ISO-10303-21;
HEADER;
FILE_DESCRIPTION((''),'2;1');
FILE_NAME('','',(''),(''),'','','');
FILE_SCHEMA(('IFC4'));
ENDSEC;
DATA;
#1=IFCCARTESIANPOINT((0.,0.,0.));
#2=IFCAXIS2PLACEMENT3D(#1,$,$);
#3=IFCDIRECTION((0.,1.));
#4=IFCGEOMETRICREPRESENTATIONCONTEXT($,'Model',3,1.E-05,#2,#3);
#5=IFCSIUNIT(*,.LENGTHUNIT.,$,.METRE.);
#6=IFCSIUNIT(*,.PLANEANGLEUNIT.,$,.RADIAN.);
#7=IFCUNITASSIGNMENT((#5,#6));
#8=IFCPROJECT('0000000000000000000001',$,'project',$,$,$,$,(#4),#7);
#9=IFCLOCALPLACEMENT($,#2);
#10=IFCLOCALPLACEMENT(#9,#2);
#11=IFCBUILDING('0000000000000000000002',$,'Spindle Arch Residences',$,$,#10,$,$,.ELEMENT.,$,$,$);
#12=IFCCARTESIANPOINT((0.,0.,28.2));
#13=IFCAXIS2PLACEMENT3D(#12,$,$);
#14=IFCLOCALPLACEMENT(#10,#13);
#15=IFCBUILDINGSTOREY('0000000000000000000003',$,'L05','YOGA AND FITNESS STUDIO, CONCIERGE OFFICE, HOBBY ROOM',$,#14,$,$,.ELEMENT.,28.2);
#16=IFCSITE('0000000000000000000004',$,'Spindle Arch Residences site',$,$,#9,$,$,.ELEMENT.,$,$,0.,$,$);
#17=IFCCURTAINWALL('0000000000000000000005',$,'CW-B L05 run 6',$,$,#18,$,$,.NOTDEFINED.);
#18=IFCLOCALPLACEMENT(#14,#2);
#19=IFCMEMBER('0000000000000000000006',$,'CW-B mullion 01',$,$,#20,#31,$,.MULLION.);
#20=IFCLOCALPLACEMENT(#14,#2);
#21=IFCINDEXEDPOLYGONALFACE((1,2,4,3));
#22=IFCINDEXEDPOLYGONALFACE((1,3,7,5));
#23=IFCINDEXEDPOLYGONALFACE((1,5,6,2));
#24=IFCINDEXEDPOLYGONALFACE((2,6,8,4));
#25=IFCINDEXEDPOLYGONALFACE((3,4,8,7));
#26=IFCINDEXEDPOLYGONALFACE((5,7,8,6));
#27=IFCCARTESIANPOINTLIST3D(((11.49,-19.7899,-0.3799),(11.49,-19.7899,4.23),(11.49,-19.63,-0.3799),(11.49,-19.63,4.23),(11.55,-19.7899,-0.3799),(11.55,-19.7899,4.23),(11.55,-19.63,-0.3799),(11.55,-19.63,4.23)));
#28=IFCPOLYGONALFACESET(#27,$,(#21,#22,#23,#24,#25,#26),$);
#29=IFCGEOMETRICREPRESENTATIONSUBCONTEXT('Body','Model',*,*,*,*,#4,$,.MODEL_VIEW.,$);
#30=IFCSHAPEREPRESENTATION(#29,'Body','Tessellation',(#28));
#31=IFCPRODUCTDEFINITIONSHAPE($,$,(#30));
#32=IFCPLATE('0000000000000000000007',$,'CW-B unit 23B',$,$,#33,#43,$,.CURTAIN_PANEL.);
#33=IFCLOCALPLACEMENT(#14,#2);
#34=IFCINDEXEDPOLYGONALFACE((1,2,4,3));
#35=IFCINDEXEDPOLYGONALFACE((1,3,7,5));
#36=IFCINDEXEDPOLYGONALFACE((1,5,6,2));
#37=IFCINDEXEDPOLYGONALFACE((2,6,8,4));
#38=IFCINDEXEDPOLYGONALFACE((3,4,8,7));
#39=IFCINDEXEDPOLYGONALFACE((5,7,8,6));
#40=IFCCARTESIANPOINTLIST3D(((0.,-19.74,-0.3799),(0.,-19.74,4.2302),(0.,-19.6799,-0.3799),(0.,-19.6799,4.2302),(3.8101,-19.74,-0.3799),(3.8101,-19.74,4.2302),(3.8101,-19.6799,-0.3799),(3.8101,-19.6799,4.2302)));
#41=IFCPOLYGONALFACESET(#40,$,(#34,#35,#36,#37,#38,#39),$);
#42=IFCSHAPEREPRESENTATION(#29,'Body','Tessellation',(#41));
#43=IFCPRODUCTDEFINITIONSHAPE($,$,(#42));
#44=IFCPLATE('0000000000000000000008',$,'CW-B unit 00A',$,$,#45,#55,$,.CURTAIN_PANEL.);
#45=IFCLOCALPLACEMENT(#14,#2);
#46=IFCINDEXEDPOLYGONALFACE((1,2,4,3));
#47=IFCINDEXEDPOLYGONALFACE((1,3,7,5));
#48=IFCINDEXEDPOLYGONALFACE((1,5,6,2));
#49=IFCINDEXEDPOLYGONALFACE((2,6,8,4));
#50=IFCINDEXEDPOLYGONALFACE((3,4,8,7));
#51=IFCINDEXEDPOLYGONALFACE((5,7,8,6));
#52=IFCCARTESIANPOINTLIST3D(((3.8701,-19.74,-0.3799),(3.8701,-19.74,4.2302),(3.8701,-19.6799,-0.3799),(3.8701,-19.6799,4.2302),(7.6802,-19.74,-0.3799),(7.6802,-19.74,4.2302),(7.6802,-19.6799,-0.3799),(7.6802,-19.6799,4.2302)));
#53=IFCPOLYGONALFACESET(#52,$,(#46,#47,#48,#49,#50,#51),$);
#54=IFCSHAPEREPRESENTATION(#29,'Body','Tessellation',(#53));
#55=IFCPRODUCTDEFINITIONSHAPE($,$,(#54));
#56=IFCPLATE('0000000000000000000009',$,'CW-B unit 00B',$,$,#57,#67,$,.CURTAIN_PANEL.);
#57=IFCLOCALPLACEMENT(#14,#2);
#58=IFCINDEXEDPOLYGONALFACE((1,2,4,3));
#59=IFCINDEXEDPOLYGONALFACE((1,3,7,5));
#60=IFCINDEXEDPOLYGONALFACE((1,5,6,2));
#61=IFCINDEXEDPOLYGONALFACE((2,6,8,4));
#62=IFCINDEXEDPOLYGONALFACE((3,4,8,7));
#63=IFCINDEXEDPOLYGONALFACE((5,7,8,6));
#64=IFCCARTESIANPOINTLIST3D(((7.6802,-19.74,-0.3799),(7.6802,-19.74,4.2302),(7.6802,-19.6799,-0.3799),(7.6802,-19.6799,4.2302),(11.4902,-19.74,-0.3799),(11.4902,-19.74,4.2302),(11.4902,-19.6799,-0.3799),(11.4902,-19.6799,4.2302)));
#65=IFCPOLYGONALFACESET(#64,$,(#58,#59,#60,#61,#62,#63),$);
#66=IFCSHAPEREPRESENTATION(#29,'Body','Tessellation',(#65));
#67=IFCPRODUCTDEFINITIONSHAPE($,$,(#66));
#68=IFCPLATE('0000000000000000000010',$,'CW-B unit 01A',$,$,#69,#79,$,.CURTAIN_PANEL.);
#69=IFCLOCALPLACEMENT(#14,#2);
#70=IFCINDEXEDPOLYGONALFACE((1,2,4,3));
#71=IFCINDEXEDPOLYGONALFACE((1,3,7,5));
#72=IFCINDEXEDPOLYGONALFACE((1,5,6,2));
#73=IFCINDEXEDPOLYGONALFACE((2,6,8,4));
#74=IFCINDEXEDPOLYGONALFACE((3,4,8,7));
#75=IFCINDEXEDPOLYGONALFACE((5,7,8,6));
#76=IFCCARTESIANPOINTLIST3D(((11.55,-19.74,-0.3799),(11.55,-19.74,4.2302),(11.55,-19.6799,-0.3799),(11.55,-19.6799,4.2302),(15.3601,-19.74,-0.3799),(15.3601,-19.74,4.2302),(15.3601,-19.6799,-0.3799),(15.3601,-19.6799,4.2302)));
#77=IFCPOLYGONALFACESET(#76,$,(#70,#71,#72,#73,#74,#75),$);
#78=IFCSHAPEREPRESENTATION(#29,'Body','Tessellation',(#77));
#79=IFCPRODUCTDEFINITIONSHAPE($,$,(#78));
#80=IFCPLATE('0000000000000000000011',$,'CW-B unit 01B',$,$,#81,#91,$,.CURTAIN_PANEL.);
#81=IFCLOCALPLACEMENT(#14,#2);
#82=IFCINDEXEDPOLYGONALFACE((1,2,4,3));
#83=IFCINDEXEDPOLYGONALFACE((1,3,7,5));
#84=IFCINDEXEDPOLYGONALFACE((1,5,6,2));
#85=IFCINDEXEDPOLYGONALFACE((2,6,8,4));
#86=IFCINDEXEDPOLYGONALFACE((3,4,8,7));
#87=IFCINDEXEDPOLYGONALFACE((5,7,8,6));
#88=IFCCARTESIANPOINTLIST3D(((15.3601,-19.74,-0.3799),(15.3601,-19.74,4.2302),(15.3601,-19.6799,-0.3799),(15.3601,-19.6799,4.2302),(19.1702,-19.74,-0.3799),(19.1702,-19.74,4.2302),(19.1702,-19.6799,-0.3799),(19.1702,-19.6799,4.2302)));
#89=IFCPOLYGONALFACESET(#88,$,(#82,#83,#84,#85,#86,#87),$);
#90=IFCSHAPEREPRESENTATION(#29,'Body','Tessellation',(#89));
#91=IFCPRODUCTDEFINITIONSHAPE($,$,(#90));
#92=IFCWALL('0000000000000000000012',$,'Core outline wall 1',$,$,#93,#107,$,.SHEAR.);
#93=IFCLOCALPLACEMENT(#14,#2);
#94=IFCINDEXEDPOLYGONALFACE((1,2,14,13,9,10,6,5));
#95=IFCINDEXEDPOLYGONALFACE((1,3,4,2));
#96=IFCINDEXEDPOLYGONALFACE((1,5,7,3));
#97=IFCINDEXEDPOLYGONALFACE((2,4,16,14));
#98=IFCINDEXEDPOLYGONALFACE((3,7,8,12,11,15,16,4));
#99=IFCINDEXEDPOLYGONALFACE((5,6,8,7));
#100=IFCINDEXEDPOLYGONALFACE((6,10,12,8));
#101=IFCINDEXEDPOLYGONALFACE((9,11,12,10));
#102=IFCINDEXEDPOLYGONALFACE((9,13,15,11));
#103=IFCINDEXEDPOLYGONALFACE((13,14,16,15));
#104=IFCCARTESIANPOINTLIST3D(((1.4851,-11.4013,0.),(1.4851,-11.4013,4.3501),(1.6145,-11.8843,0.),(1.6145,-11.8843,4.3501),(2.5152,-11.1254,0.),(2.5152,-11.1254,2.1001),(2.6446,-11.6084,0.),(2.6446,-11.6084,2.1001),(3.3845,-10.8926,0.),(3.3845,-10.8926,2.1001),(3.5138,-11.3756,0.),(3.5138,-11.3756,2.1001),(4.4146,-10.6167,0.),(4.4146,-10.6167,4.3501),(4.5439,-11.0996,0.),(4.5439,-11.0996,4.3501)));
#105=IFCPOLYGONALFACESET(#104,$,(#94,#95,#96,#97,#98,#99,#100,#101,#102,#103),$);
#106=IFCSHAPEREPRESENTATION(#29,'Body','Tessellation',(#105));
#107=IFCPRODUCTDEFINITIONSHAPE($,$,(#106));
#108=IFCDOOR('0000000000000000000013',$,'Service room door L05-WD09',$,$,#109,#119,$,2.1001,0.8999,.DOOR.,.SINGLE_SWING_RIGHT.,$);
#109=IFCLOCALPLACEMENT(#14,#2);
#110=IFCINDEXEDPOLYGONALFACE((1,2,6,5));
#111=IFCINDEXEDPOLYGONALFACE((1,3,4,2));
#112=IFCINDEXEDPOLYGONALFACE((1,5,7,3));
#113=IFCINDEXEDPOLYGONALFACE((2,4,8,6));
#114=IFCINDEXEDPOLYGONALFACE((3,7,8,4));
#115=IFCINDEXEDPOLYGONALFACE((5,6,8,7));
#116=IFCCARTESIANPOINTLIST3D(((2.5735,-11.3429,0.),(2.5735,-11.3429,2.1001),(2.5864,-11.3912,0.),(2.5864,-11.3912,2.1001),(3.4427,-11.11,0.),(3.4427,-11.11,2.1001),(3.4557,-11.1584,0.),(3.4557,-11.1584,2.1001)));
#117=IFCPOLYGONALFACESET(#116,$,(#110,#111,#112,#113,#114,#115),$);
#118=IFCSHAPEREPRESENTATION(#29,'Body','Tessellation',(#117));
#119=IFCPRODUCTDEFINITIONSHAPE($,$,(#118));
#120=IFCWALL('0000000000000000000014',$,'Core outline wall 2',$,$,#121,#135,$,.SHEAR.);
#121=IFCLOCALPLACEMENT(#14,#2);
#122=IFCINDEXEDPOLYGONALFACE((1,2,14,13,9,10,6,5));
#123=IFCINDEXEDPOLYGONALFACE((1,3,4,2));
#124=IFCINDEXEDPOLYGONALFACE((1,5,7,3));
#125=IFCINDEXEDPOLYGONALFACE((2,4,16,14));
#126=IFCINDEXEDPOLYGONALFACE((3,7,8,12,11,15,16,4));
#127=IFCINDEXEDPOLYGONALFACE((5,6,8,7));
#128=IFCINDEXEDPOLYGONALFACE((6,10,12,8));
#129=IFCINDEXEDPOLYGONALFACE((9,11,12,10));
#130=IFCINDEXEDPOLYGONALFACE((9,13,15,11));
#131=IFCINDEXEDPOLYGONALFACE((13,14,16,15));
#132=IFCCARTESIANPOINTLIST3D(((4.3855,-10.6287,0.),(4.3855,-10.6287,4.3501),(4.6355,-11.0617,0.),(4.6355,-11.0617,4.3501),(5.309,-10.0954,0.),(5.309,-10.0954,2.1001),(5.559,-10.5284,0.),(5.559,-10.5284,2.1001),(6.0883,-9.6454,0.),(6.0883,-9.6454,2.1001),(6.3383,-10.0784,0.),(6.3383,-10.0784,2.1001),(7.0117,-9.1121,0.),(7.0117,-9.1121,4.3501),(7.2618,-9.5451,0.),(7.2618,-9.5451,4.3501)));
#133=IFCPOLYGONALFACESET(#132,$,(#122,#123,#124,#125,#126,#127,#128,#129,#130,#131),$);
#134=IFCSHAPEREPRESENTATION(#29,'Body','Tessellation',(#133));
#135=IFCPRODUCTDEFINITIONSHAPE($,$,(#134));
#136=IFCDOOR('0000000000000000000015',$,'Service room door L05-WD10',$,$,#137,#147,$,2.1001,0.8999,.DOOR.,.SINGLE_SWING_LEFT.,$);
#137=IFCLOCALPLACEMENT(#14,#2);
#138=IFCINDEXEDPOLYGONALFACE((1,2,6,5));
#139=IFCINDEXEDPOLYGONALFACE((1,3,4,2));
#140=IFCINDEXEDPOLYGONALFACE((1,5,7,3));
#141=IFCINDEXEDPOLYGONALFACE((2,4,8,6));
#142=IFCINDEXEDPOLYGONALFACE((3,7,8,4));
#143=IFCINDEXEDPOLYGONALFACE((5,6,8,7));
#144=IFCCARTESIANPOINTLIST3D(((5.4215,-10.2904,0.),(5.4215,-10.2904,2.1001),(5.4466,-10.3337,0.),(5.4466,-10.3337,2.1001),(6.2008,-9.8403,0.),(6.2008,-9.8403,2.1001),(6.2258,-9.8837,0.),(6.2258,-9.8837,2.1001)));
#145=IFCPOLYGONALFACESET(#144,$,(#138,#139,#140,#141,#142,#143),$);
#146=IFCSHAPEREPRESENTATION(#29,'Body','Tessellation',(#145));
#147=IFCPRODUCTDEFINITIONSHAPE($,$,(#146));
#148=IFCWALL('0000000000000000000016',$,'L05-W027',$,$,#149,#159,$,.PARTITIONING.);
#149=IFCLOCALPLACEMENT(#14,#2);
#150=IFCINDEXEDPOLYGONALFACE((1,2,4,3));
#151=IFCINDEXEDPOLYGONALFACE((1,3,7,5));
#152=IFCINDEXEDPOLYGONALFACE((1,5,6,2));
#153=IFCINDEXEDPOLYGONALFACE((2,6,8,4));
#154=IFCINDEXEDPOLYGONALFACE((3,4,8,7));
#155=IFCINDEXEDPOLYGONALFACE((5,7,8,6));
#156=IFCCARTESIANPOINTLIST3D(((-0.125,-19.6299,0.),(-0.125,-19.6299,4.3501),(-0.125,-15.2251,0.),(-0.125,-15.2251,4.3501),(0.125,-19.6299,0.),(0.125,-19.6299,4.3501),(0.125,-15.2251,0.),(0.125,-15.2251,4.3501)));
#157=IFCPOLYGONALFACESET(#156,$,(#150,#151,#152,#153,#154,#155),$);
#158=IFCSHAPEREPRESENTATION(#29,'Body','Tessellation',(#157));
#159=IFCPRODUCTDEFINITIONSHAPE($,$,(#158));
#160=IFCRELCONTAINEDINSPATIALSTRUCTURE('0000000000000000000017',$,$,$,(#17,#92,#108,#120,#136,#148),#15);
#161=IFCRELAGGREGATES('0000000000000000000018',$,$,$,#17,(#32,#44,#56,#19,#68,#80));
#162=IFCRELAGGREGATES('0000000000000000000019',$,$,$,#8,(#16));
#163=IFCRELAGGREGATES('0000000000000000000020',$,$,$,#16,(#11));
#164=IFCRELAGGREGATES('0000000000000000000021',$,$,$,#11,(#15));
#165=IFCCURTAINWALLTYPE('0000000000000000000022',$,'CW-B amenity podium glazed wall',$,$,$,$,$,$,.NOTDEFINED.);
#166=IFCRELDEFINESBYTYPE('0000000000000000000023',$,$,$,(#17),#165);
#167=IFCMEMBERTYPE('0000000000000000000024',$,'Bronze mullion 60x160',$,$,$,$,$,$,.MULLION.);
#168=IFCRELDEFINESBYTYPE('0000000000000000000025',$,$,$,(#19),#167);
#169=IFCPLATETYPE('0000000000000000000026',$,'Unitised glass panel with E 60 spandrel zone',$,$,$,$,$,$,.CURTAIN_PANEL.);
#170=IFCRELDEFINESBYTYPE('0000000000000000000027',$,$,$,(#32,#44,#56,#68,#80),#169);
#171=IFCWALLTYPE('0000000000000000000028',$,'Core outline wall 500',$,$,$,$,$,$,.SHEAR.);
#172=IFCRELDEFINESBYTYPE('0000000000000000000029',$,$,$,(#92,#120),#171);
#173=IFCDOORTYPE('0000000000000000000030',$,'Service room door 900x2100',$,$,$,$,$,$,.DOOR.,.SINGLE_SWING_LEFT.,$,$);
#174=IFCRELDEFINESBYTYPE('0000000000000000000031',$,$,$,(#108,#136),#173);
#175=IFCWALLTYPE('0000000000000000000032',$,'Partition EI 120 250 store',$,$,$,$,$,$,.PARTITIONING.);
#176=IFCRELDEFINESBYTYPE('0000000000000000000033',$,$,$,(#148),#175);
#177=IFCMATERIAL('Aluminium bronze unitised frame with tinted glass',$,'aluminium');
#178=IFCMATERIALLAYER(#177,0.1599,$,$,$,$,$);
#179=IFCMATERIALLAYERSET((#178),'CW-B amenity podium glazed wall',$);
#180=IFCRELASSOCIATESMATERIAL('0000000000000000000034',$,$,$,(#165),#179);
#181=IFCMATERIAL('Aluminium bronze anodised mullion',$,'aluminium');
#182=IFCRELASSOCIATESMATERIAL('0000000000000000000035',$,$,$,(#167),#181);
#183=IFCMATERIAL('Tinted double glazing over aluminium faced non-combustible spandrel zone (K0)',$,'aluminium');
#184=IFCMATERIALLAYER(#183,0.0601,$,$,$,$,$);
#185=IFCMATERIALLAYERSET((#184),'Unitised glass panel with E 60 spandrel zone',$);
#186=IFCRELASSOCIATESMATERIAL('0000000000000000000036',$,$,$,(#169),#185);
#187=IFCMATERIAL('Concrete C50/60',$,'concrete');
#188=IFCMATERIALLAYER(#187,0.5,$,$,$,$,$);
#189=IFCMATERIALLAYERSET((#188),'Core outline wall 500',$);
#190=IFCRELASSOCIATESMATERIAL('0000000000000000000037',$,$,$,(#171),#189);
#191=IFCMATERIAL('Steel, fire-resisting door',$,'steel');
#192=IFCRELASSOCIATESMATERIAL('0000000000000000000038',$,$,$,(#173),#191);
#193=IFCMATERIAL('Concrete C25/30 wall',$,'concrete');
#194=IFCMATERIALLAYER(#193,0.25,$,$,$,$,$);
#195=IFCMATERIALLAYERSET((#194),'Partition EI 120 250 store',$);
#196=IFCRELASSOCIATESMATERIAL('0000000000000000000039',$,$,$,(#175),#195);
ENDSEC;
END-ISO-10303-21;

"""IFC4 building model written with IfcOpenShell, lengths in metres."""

from ifc_helpers import new_model, si_unit, direction, frame, frame_2d, origin, origin_2d, place, context, subcontext, project, spatial, rectangle, extrude, material, layer, layer_set, material_profile, profile_set, type_object, element, fill, aggregate, save


model = new_model("IFC4")

# Units and contexts
model_context = context("Model", 3, precision=1e-05, world=origin(), true_north=direction((0.0, 1.0)))
body_context = subcontext(model_context, "Body", "Model", "MODEL_VIEW")
ifc_project = project(units=[si_unit("LENGTHUNIT", "METRE"), si_unit("PLANEANGLEUNIT", "RADIAN")], contexts=[model_context])

# Site, building, storey
site_placement = place(None, origin())
site = spatial("IfcSite", under=ifc_project, at=site_placement, Name="Spindle Arch Residences site", CompositionType="ELEMENT", RefElevation=0.0)
building_placement = place(site_placement, origin())
building = spatial("IfcBuilding", under=site, at=building_placement, Name="Spindle Arch Residences", CompositionType="ELEMENT")
storey_placement = place(building_placement, frame((0.0, 0.0, 28.2)))
storey = spatial("IfcBuildingStorey", under=building, at=storey_placement, Name="L05", Description="YOGA AND FITNESS STUDIO, CONCIERGE OFFICE, HOBBY ROOM", CompositionType="ELEMENT", Elevation=28.2)

# Curtain wall, member, plates
ifc_material_1 = material(Name="Aluminium bronze unitised frame with tinted glass", Category="aluminium")
ifc_layer_1 = layer(ifc_material_1, 0.1599)
ifc_layer_set_1 = layer_set([ifc_layer_1], Name="CW-B amenity podium glazed wall")
curtain_wall_type = type_object("IfcCurtainWallType", Name="CW-B amenity podium glazed wall", PredefinedType="NOTDEFINED", material=ifc_layer_set_1)
curtain_wall_placement = place(storey_placement, origin())
curtain_wall = element("IfcCurtainWall", 1, at=curtain_wall_placement, inside=storey, type_object=curtain_wall_type, Name="CW-B L05 run 6", PredefinedType="NOTDEFINED")
ifc_material_2 = material(Name="Aluminium bronze anodised mullion", Category="aluminium")
ifc_material_profile_1 = material_profile(ifc_material_2, rectangle(XDim=0.1599, YDim=0.0601, at=origin_2d()), Name="MU 60x160")
ifc_profile_set_1 = profile_set([ifc_material_profile_1], Name="Aluminium bronze anodised mullion")
member_type_1 = type_object("IfcMemberType", Name="Bronze mullion 60x160", PredefinedType="MULLION", material=ifc_profile_set_1)
member_1_placement = place(storey_placement, frame((11.52, -19.71, -0.3799), z_axis=(0.0, 0.0, 1.0), x_axis=(0.0, 1.0, 0.0)))
member_1 = element("IfcMember", 2, at=member_1_placement, type_object=member_type_1, Name="CW-B mullion 01", PredefinedType="MULLION", context=body_context, shape_type="SweptSolid", body=[
    extrude(rectangle(XDim=0.1599, YDim=0.0601, at=origin_2d()), origin(), (0.0, 0.0, 1.0), 4.6099),
])
ifc_material_3 = material(Name="Tinted double glazing over aluminium faced non-combustible spandrel zone (K0)", Category="aluminium")
ifc_layer_2 = layer(ifc_material_3, 0.0601)
ifc_layer_set_2 = layer_set([ifc_layer_2], Name="Unitised glass panel with E 60 spandrel zone")
plate_type = type_object("IfcPlateType", Name="Unitised glass panel with E 60 spandrel zone", PredefinedType="CURTAIN_PANEL", material=ifc_layer_set_2)
plate_1_placement = place(storey_placement, frame((1.905, -19.71, -0.3799), z_axis=(0.0, 0.0, 1.0), x_axis=(1.0, 0.0, 0.0)))
plate_1 = element("IfcPlate", 3, at=plate_1_placement, type_object=plate_type, Name="CW-B unit 23B", PredefinedType="CURTAIN_PANEL", context=body_context, shape_type="SweptSolid", body=[
    extrude(rectangle(XDim=3.8101, YDim=0.0601, at=origin_2d()), origin(), (0.0, 0.0, 1.0), 4.6101),
])
plate_2_placement = place(storey_placement, frame((5.7751, -19.71, -0.3799), z_axis=(0.0, 0.0, 1.0), x_axis=(1.0, 0.0, 0.0)))
plate_2 = element("IfcPlate", 4, at=plate_2_placement, type_object=plate_type, Name="CW-B unit 00A", PredefinedType="CURTAIN_PANEL", context=body_context, shape_type="SweptSolid", body=[
    extrude(rectangle(XDim=3.8101, YDim=0.0601, at=origin_2d()), origin(), (0.0, 0.0, 1.0), 4.6101),
])
plate_3_placement = place(storey_placement, frame((9.5852, -19.71, -0.3799), z_axis=(0.0, 0.0, 1.0), x_axis=(1.0, 0.0, 0.0)))
plate_3 = element("IfcPlate", 5, at=plate_3_placement, type_object=plate_type, Name="CW-B unit 00B", PredefinedType="CURTAIN_PANEL", context=body_context, shape_type="SweptSolid", body=[
    extrude(rectangle(XDim=3.8101, YDim=0.0601, at=origin_2d()), origin(), (0.0, 0.0, 1.0), 4.6101),
])
plate_4_placement = place(storey_placement, frame((13.4551, -19.71, -0.3799), z_axis=(0.0, 0.0, 1.0), x_axis=(1.0, 0.0, 0.0)))
plate_4 = element("IfcPlate", 6, at=plate_4_placement, type_object=plate_type, Name="CW-B unit 01A", PredefinedType="CURTAIN_PANEL", context=body_context, shape_type="SweptSolid", body=[
    extrude(rectangle(XDim=3.8101, YDim=0.0601, at=origin_2d()), origin(), (0.0, 0.0, 1.0), 4.6101),
])
plate_5_placement = place(storey_placement, frame((17.2651, -19.71, -0.3799), z_axis=(0.0, 0.0, 1.0), x_axis=(1.0, 0.0, 0.0)))
plate_5 = element("IfcPlate", 7, at=plate_5_placement, type_object=plate_type, Name="CW-B unit 01B", PredefinedType="CURTAIN_PANEL", context=body_context, shape_type="SweptSolid", body=[
    extrude(rectangle(XDim=3.8101, YDim=0.0601, at=origin_2d()), origin(), (0.0, 0.0, 1.0), 4.6101),
])
aggregate(curtain_wall, [plate_1, plate_2, plate_3, member_1, plate_4, plate_5])

# Walls, openings, doors
ifc_material_4 = material(Name="Concrete C50/60", Category="concrete")
ifc_layer_3 = layer(ifc_material_4, 0.5)
ifc_layer_set_3 = layer_set([ifc_layer_3], Name="Core outline wall 500")
wall_type_1 = type_object("IfcWallType", Name="Core outline wall 500", PredefinedType="SHEAR", material=ifc_layer_set_3)
wall_1_placement = place(storey_placement, frame((1.5498, -11.6428, 0.0), z_axis=(0.0, 0.0, 1.0), x_axis=(0.965948, 0.258735, 0.0)))
wall_1 = element("IfcWall", 8, at=wall_1_placement, inside=storey, type_object=wall_type_1, Name="Core outline wall 1", PredefinedType="SHEAR", context=body_context, shape_type="SweptSolid", body=[
    extrude(rectangle(XDim=3.0327, YDim=0.5, at=frame_2d((1.5164, 0.0))), origin(), (0.0, 0.0, 1.0), 4.3501),
])
opening_1_placement = place(wall_1_placement, frame((1.0664, 0.0, 0.0)))
opening_1 = element("IfcOpeningElement", 9, at=opening_1_placement, cuts=wall_1, PredefinedType="OPENING", context=body_context, shape_type="SweptSolid", body=[
    extrude(rectangle(XDim=0.8999, YDim=2.1001, at=frame_2d((0.45, 1.05))), frame((0.0, 0.26, 0.0), z_axis=(0.0, -1.0, 0.0), x_axis=(1.0, 0.0, 0.0)), (0.0, 0.0, 1.0), 0.52),
])
ifc_material_5 = material(Name="Steel, fire-resisting door", Category="steel")
door_type_1 = type_object("IfcDoorType", Name="Service room door 900x2100", OperationType="SINGLE_SWING_LEFT", PredefinedType="DOOR", material=ifc_material_5)
door_1_placement = place(opening_1_placement, origin())
door_1 = element("IfcDoor", 10, at=door_1_placement, inside=storey, type_object=door_type_1, Name="Service room door L05-WD09", OperationType="SINGLE_SWING_RIGHT", OverallHeight=2.1001, OverallWidth=0.8999, PredefinedType="DOOR", context=body_context, shape_type="SweptSolid", body=[
    extrude(rectangle(XDim=0.8999, YDim=2.1001, at=frame_2d((0.45, 1.05))), frame((0.0, 0.0249, 0.0), z_axis=(0.0, -1.0, 0.0), x_axis=(1.0, 0.0, 0.0)), (0.0, 0.0, 1.0), 0.05),
])
fill(opening_1, door_1)
wall_2_placement = place(storey_placement, frame((4.5105, -10.8452, 0.0), z_axis=(0.0, 0.0, 1.0), x_axis=(0.865975, 0.500087, 0.0)))
wall_2 = element("IfcWall", 11, at=wall_2_placement, inside=storey, type_object=wall_type_1, Name="Core outline wall 2", PredefinedType="SHEAR", context=body_context, shape_type="SweptSolid", body=[
    extrude(rectangle(XDim=3.0327, YDim=0.5, at=frame_2d((1.5164, 0.0))), origin(), (0.0, 0.0, 1.0), 4.3501),
])
opening_2_placement = place(wall_2_placement, frame((1.0664, 0.0, 0.0)))
opening_2 = element("IfcOpeningElement", 12, at=opening_2_placement, cuts=wall_2, PredefinedType="OPENING", context=body_context, shape_type="SweptSolid", body=[
    extrude(rectangle(XDim=0.8999, YDim=2.1001, at=frame_2d((0.45, 1.05))), frame((0.0, 0.26, 0.0), z_axis=(0.0, -1.0, 0.0), x_axis=(1.0, 0.0, 0.0)), (0.0, 0.0, 1.0), 0.52),
])
door_2_placement = place(opening_2_placement, origin())
door_2 = element("IfcDoor", 13, at=door_2_placement, inside=storey, type_object=door_type_1, Name="Service room door L05-WD10", OperationType="SINGLE_SWING_LEFT", OverallHeight=2.1001, OverallWidth=0.8999, PredefinedType="DOOR", context=body_context, shape_type="SweptSolid", body=[
    extrude(rectangle(XDim=0.8999, YDim=2.1001, at=frame_2d((0.45, 1.05))), frame((0.0, 0.0249, 0.0), z_axis=(0.0, -1.0, 0.0), x_axis=(1.0, 0.0, 0.0)), (0.0, 0.0, 1.0), 0.05),
])
fill(opening_2, door_2)

# Wall
ifc_material_6 = material(Name="Concrete C25/30 wall", Category="concrete")
ifc_layer_4 = layer(ifc_material_6, 0.25)
ifc_layer_set_4 = layer_set([ifc_layer_4], Name="Partition EI 120 250 store")
wall_type_2 = type_object("IfcWallType", Name="Partition EI 120 250 store", PredefinedType="PARTITIONING", material=ifc_layer_set_4)
wall_3_placement = place(storey_placement, frame((0.0, -15.2251, 0.0), z_axis=(0.0, 0.0, 1.0), x_axis=(0.0, -1.0, 0.0)))
element("IfcWall", 14, at=wall_3_placement, inside=storey, type_object=wall_type_2, Name="L05-W027", PredefinedType="PARTITIONING", context=body_context, shape_type="SweptSolid", body=[
    extrude(rectangle(XDim=4.4048, YDim=0.25, at=frame_2d((2.2024, 0.0))), origin(), (0.0, 0.0, 1.0), 4.3501),
])

save(model, "model.ifc")
